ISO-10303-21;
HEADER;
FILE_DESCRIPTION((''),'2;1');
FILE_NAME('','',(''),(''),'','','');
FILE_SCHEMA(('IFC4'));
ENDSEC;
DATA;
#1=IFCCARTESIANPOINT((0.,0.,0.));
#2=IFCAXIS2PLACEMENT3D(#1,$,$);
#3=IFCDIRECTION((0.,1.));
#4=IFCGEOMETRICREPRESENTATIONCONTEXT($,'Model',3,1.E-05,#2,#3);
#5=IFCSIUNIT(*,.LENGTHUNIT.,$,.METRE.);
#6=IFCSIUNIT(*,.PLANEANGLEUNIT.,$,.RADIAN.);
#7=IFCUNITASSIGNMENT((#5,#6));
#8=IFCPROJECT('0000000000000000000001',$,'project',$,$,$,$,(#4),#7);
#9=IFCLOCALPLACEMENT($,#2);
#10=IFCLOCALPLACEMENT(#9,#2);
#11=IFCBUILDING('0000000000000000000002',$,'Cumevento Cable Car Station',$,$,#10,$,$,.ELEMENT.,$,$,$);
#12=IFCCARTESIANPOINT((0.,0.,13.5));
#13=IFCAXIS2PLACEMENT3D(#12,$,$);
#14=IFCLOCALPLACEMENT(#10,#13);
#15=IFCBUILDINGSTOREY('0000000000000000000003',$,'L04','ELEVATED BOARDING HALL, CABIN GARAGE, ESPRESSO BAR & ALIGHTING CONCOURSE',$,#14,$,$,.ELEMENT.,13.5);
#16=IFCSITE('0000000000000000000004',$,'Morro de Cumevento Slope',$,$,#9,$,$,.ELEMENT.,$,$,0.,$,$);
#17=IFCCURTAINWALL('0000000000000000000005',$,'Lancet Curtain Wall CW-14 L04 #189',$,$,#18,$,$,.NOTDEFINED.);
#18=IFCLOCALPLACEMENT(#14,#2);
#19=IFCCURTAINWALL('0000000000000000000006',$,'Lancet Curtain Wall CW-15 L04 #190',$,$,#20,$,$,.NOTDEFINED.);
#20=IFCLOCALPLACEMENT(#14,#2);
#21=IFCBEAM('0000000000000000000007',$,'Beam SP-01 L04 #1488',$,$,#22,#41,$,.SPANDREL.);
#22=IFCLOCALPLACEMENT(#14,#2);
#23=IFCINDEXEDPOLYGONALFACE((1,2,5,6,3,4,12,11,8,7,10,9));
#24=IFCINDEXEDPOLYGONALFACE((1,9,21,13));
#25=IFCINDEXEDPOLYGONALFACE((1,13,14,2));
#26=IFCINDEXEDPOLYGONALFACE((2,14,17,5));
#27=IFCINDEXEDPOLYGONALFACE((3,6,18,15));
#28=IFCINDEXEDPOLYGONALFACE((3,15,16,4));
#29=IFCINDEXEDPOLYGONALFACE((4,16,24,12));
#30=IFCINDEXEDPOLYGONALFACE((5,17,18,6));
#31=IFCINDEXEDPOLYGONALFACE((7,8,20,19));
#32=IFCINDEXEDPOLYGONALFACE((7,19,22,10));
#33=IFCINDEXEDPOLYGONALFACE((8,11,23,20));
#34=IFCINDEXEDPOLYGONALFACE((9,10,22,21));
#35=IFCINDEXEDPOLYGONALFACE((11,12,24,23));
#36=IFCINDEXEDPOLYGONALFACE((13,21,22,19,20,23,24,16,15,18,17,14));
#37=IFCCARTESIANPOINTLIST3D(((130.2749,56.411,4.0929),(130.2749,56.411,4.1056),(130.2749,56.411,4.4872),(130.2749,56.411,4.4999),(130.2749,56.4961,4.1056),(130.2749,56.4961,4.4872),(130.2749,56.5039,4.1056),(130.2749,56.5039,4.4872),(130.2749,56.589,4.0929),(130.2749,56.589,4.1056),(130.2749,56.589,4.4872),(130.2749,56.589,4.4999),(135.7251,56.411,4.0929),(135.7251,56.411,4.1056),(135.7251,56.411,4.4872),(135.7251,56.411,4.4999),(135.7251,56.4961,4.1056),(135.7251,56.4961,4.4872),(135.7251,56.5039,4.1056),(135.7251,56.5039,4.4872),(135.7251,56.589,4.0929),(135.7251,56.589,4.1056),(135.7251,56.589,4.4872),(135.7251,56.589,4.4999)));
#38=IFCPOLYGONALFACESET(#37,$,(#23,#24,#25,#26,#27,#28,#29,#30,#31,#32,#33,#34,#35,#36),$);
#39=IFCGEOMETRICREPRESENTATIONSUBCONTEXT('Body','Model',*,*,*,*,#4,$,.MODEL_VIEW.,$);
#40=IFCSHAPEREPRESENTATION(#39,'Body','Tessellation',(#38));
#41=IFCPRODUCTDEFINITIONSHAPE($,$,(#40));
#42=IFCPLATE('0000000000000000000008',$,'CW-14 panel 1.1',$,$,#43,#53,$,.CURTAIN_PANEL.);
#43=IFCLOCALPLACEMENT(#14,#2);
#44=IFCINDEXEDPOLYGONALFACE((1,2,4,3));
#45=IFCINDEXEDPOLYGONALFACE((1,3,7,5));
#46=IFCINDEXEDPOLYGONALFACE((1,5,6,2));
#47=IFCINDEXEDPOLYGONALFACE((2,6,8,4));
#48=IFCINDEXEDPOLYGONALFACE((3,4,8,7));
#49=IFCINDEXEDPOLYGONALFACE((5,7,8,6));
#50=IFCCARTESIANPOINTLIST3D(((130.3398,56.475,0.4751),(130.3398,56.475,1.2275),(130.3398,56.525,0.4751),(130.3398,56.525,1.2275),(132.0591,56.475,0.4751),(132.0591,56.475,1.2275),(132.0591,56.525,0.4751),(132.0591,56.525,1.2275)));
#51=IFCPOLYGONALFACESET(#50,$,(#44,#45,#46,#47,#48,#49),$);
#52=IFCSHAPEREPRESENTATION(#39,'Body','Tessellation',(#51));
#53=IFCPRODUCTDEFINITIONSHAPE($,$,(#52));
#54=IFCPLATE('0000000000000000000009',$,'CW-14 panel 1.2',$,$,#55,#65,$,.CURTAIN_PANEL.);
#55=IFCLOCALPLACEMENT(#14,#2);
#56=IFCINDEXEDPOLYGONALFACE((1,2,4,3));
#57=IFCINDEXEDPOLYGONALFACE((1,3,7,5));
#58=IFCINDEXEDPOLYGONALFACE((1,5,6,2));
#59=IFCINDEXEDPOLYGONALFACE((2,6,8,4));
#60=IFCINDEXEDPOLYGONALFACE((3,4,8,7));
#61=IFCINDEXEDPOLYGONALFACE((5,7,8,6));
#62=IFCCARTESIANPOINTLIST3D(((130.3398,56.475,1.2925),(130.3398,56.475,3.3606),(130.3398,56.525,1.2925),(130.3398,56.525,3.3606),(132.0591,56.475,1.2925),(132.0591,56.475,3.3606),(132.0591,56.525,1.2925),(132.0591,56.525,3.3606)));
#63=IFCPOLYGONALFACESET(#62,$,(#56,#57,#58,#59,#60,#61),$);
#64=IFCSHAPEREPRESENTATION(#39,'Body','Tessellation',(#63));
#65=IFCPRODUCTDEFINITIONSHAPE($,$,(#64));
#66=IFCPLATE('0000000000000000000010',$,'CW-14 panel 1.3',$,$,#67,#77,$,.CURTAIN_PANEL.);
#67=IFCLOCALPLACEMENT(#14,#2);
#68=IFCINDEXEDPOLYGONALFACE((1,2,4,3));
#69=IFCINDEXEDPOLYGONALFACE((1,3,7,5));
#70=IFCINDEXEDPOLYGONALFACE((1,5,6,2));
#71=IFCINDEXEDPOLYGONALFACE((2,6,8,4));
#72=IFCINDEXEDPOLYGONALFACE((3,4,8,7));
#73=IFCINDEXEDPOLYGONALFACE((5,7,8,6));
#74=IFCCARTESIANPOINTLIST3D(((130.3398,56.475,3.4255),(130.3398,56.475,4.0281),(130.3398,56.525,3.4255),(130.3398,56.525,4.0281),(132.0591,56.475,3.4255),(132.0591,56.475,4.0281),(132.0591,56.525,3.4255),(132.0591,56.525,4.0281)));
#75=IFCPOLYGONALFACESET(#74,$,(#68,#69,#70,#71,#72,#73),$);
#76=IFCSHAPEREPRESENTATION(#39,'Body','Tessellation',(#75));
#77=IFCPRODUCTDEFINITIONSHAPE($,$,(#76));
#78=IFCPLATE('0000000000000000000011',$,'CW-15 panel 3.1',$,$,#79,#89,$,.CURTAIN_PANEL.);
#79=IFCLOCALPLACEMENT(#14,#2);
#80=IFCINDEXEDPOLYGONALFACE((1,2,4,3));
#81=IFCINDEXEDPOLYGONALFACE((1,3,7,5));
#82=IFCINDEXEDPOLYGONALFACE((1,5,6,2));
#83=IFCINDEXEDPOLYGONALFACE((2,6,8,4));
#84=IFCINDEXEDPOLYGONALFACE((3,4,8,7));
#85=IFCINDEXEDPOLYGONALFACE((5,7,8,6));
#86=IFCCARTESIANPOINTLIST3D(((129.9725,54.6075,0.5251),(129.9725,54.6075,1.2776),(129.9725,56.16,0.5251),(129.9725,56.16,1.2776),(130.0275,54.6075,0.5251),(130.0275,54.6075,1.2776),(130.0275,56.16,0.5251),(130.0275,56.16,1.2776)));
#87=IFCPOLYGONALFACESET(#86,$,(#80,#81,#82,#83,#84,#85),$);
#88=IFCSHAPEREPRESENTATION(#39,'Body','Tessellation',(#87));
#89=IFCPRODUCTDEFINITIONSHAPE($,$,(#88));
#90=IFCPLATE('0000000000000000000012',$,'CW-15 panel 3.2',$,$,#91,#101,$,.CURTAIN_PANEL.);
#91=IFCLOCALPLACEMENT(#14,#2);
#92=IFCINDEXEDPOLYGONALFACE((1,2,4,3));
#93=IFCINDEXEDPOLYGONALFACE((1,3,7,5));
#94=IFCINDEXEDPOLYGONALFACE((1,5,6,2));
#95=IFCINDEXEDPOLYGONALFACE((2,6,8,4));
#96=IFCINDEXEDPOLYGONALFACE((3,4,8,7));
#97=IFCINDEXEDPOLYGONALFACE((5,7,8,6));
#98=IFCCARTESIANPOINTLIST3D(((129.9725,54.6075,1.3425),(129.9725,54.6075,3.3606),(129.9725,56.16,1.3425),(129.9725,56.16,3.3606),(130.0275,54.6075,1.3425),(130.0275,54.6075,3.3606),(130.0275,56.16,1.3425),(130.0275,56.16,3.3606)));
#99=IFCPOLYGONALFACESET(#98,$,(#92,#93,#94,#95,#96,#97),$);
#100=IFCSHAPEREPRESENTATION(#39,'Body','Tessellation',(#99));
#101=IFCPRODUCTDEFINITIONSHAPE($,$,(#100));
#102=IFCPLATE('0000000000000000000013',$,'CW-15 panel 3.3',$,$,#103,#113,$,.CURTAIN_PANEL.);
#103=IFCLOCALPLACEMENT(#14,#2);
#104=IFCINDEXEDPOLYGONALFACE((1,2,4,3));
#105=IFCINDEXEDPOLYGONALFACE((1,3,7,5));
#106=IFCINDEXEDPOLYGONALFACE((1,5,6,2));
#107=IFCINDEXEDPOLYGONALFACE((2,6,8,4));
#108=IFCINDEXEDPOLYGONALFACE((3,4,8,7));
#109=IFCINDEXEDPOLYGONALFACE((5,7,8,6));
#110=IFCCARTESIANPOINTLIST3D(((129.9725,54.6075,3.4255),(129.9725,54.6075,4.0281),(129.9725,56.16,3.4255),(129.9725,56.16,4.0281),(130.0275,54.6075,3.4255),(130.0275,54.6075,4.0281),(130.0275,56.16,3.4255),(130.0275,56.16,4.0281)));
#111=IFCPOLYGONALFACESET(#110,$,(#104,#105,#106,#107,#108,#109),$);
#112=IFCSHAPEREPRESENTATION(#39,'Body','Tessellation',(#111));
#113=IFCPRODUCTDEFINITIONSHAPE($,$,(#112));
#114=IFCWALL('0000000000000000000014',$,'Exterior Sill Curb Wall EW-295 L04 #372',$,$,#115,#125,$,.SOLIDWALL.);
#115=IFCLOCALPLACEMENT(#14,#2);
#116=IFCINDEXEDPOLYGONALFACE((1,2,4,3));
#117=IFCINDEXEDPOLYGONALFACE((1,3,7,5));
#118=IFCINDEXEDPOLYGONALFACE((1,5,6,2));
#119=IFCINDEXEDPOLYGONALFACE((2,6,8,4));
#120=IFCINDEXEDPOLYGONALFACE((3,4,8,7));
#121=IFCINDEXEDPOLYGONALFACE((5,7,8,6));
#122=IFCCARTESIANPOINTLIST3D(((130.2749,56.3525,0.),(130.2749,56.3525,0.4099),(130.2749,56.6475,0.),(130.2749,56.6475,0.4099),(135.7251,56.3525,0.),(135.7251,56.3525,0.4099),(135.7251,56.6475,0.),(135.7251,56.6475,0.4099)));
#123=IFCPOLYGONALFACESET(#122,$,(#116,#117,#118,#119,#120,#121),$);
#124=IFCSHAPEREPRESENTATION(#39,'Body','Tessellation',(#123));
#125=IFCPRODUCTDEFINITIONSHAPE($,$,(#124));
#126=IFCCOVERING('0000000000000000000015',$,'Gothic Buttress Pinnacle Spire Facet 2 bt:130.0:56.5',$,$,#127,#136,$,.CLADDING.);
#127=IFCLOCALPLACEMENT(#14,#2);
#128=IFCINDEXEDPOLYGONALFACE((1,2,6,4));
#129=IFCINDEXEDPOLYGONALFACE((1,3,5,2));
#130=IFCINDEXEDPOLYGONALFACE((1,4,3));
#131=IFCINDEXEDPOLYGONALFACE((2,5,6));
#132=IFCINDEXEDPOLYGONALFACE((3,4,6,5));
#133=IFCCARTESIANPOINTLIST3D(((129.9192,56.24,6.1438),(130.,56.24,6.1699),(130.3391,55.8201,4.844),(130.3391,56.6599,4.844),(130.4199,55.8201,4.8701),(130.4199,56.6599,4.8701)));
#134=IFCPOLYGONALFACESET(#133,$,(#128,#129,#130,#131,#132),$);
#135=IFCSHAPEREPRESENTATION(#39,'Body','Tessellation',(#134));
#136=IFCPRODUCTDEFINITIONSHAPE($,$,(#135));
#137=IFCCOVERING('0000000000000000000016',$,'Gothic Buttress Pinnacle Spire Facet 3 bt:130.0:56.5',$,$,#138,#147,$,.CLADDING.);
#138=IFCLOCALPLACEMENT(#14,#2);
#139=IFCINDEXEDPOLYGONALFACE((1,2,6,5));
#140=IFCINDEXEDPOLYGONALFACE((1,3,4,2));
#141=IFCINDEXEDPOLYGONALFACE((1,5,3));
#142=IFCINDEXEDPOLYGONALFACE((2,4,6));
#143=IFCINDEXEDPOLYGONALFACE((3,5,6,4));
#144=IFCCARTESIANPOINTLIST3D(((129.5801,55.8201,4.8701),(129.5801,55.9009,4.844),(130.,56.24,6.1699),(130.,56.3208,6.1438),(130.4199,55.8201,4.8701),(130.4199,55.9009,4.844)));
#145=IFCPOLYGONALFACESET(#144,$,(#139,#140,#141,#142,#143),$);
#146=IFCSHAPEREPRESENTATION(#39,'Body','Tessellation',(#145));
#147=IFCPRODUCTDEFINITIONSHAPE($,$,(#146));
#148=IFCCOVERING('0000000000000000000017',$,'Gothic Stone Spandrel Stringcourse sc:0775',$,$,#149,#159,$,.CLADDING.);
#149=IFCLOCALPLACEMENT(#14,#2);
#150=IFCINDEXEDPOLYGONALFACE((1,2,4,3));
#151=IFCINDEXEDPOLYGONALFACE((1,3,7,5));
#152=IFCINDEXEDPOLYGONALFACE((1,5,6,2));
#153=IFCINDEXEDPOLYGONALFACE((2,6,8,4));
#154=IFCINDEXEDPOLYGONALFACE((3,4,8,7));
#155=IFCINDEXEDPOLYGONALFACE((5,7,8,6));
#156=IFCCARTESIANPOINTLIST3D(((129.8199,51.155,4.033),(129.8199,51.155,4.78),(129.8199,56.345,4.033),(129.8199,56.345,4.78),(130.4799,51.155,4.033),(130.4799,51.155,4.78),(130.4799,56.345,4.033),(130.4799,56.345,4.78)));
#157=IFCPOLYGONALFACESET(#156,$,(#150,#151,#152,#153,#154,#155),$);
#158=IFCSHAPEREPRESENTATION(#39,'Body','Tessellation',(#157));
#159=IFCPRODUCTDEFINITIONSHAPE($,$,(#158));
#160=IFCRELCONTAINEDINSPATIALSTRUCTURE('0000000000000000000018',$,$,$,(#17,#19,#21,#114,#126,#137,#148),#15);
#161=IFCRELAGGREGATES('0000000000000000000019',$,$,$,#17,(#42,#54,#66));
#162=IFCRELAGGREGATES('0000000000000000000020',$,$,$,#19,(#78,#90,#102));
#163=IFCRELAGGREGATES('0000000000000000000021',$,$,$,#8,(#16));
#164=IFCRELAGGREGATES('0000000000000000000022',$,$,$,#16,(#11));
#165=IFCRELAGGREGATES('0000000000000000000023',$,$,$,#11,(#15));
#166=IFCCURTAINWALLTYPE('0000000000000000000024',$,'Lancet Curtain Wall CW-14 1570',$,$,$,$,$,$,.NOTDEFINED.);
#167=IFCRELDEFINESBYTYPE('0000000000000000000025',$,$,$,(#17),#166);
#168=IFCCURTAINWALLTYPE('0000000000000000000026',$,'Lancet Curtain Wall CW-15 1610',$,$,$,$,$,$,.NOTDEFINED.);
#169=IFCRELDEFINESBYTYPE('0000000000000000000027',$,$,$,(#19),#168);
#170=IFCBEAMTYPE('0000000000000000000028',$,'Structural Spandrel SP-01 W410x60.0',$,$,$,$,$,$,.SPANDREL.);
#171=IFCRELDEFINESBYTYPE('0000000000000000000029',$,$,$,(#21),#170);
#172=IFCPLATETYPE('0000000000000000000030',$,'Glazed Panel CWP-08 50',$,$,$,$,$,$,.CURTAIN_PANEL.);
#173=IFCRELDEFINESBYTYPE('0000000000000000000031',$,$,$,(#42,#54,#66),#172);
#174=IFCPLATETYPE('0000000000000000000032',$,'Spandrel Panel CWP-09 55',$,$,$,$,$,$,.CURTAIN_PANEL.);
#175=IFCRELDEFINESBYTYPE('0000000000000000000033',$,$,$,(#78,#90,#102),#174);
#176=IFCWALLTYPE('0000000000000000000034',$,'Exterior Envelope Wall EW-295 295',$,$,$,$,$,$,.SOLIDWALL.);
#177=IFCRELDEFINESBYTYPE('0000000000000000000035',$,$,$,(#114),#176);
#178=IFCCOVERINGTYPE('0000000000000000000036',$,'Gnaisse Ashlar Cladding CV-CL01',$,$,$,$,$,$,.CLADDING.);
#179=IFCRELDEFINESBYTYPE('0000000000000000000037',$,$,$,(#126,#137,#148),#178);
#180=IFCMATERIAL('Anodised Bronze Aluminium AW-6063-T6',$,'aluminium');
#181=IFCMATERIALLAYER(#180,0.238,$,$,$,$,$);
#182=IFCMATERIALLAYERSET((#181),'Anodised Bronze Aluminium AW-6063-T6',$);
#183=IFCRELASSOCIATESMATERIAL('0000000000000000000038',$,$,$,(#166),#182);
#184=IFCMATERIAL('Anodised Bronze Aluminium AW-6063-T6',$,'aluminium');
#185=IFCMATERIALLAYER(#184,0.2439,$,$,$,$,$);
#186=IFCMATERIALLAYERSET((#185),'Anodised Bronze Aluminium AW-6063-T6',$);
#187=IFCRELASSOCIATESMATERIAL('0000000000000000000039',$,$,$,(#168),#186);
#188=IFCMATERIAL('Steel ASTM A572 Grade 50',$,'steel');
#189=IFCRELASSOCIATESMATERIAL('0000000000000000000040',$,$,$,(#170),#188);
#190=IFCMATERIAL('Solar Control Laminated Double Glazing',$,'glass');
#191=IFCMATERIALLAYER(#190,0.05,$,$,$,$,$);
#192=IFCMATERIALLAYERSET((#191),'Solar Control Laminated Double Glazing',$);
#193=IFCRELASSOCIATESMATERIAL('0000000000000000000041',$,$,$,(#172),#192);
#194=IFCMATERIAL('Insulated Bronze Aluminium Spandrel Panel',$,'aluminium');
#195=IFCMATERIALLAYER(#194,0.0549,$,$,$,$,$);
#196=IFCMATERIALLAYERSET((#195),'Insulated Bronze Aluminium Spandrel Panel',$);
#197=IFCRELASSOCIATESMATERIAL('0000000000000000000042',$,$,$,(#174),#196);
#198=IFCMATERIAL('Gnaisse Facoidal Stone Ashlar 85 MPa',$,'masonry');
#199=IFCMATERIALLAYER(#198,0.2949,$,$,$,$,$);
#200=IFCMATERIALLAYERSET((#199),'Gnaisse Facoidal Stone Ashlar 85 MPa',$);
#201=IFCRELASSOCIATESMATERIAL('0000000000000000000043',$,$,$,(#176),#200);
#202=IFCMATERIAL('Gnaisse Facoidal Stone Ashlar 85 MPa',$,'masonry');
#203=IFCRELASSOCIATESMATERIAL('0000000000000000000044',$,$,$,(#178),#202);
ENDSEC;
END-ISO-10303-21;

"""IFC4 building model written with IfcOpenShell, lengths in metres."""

from ifc_helpers import new_model, si_unit, direction, frame, frame_2d, origin, origin_2d, place, context, subcontext, project, spatial, polyline, rectangle, i_section, outline, extrude, material, layer, layer_set, material_profile, profile_set, type_object, element, aggregate, save


model = new_model("IFC4")

# Units and contexts
model_context = context("Model", 3, precision=1e-05, world=origin(), true_north=direction((0.0, 1.0)))
body_context = subcontext(model_context, "Body", "Model", "MODEL_VIEW")
ifc_project = project(units=[si_unit("LENGTHUNIT", "METRE"), si_unit("PLANEANGLEUNIT", "RADIAN")], contexts=[model_context])

# Site, building, storey
site_placement = place(None, origin())
site = spatial("IfcSite", under=ifc_project, at=site_placement, Name="Morro de Cumevento Slope", CompositionType="ELEMENT", RefElevation=0.0)
building_placement = place(site_placement, origin())
building = spatial("IfcBuilding", under=site, at=building_placement, Name="Cumevento Cable Car Station", CompositionType="ELEMENT")
storey_placement = place(building_placement, frame((0.0, 0.0, 13.5)))
storey = spatial("IfcBuildingStorey", under=building, at=storey_placement, Name="L04", Description="ELEVATED BOARDING HALL, CABIN GARAGE, ESPRESSO BAR & ALIGHTING CONCOURSE", CompositionType="ELEMENT", Elevation=13.5)

# Curtain wall
ifc_material_1 = material(Name="Anodised Bronze Aluminium AW-6063-T6", Category="aluminium")
ifc_layer_1 = layer(ifc_material_1, 0.238)
ifc_layer_set_1 = layer_set([ifc_layer_1], Name="Anodised Bronze Aluminium AW-6063-T6")
curtain_wall_type_1 = type_object("IfcCurtainWallType", Name="Lancet Curtain Wall CW-14 1570", PredefinedType="NOTDEFINED", material=ifc_layer_set_1)
curtain_wall_1_placement = place(storey_placement, origin())
curtain_wall_1 = element("IfcCurtainWall", 1, at=curtain_wall_1_placement, inside=storey, type_object=curtain_wall_type_1, Name="Lancet Curtain Wall CW-14 L04 #189", PredefinedType="NOTDEFINED")

# Curtain wall
ifc_material_2 = material(Name="Anodised Bronze Aluminium AW-6063-T6", Category="aluminium")
ifc_layer_2 = layer(ifc_material_2, 0.2439)
ifc_layer_set_2 = layer_set([ifc_layer_2], Name="Anodised Bronze Aluminium AW-6063-T6")
curtain_wall_type_2 = type_object("IfcCurtainWallType", Name="Lancet Curtain Wall CW-15 1610", PredefinedType="NOTDEFINED", material=ifc_layer_set_2)
curtain_wall_2_placement = place(storey_placement, origin())
curtain_wall_2 = element("IfcCurtainWall", 2, at=curtain_wall_2_placement, inside=storey, type_object=curtain_wall_type_2, Name="Lancet Curtain Wall CW-15 L04 #190", PredefinedType="NOTDEFINED")

# Beam
ifc_material_3 = material(Name="Steel ASTM A572 Grade 50", Category="steel")
ifc_material_profile_1 = material_profile(ifc_material_3, i_section(OverallWidth=0.178, OverallDepth=0.407, WebThickness=0.0078, FlangeThickness=0.0127, at=origin_2d()), Name="W410x60.0")
ifc_profile_set_1 = profile_set([ifc_material_profile_1], Name="Steel ASTM A572 Grade 50")
beam_type = type_object("IfcBeamType", Name="Structural Spandrel SP-01 W410x60.0", PredefinedType="SPANDREL", material=ifc_profile_set_1)
beam_placement = place(storey_placement, frame((130.2749, 56.5, 4.2964), z_axis=(1.0, 0.0, 0.0), x_axis=(0.0, 1.0, 0.0)))
element("IfcBeam", 3, at=beam_placement, inside=storey, type_object=beam_type, Name="Beam SP-01 L04 #1488", PredefinedType="SPANDREL", context=body_context, shape_type="SweptSolid", body=[
    extrude(i_section(OverallWidth=0.178, OverallDepth=0.407, WebThickness=0.0078, FlangeThickness=0.0127, at=origin_2d()), origin(), (0.0, 0.0, 1.0), 5.4502),
])

# Plates
ifc_material_4 = material(Name="Solar Control Laminated Double Glazing", Category="glass")
ifc_layer_3 = layer(ifc_material_4, 0.05)
ifc_layer_set_3 = layer_set([ifc_layer_3], Name="Solar Control Laminated Double Glazing")
plate_type_1 = type_object("IfcPlateType", Name="Glazed Panel CWP-08 50", PredefinedType="CURTAIN_PANEL", material=ifc_layer_set_3)
plate_1_placement = place(storey_placement, frame((131.1995, 56.5, 0.4751), z_axis=(0.0, 0.0, 1.0), x_axis=(1.0, 0.0, 0.0)))
plate_1 = element("IfcPlate", 4, at=plate_1_placement, type_object=plate_type_1, Name="CW-14 panel 1.1", PredefinedType="CURTAIN_PANEL", context=body_context, shape_type="SweptSolid", body=[
    extrude(rectangle(XDim=1.7192, YDim=0.05, at=origin_2d()), origin(), (0.0, 0.0, 1.0), 0.7524),
])
plate_2_placement = place(storey_placement, frame((131.1995, 56.5, 1.2925), z_axis=(0.0, 0.0, 1.0), x_axis=(1.0, 0.0, 0.0)))
plate_2 = element("IfcPlate", 5, at=plate_2_placement, type_object=plate_type_1, Name="CW-14 panel 1.2", PredefinedType="CURTAIN_PANEL", context=body_context, shape_type="SweptSolid", body=[
    extrude(rectangle(XDim=1.7192, YDim=0.05, at=origin_2d()), origin(), (0.0, 0.0, 1.0), 2.0681),
])
plate_3_placement = place(storey_placement, frame((131.1995, 56.5, 3.4255), z_axis=(0.0, 0.0, 1.0), x_axis=(1.0, 0.0, 0.0)))
plate_3 = element("IfcPlate", 6, at=plate_3_placement, type_object=plate_type_1, Name="CW-14 panel 1.3", PredefinedType="CURTAIN_PANEL", context=body_context, shape_type="SweptSolid", body=[
    extrude(rectangle(XDim=1.7192, YDim=0.05, at=origin_2d()), origin(), (0.0, 0.0, 1.0), 0.6025),
])
aggregate(curtain_wall_1, [plate_1, plate_2, plate_3])
ifc_material_5 = material(Name="Insulated Bronze Aluminium Spandrel Panel", Category="aluminium")
ifc_layer_4 = layer(ifc_material_5, 0.0549)
ifc_layer_set_4 = layer_set([ifc_layer_4], Name="Insulated Bronze Aluminium Spandrel Panel")
plate_type_2 = type_object("IfcPlateType", Name="Spandrel Panel CWP-09 55", PredefinedType="CURTAIN_PANEL", material=ifc_layer_set_4)
plate_4_placement = place(storey_placement, frame((130.0, 55.3838, 0.5251), z_axis=(0.0, 0.0, 1.0), x_axis=(0.0, 1.0, 0.0)))
plate_4 = element("IfcPlate", 7, at=plate_4_placement, type_object=plate_type_2, Name="CW-15 panel 3.1", PredefinedType="CURTAIN_PANEL", context=body_context, shape_type="SweptSolid", body=[
    extrude(rectangle(XDim=1.5525, YDim=0.0549, at=origin_2d()), origin(), (0.0, 0.0, 1.0), 0.7524),
])
plate_5_placement = place(storey_placement, frame((130.0, 55.3838, 1.3425), z_axis=(0.0, 0.0, 1.0), x_axis=(0.0, 1.0, 0.0)))
plate_5 = element("IfcPlate", 8, at=plate_5_placement, type_object=plate_type_2, Name="CW-15 panel 3.2", PredefinedType="CURTAIN_PANEL", context=body_context, shape_type="SweptSolid", body=[
    extrude(rectangle(XDim=1.5525, YDim=0.0549, at=origin_2d()), origin(), (0.0, 0.0, 1.0), 2.0181),
])
plate_6_placement = place(storey_placement, frame((130.0, 55.3838, 3.4255), z_axis=(0.0, 0.0, 1.0), x_axis=(0.0, 1.0, 0.0)))
plate_6 = element("IfcPlate", 9, at=plate_6_placement, type_object=plate_type_2, Name="CW-15 panel 3.3", PredefinedType="CURTAIN_PANEL", context=body_context, shape_type="SweptSolid", body=[
    extrude(rectangle(XDim=1.5525, YDim=0.0549, at=origin_2d()), origin(), (0.0, 0.0, 1.0), 0.6025),
])
aggregate(curtain_wall_2, [plate_4, plate_5, plate_6])

# Wall
ifc_material_6 = material(Name="Gnaisse Facoidal Stone Ashlar 85 MPa", Category="masonry")
ifc_layer_5 = layer(ifc_material_6, 0.2949)
ifc_layer_set_5 = layer_set([ifc_layer_5], Name="Gnaisse Facoidal Stone Ashlar 85 MPa")
wall_type = type_object("IfcWallType", Name="Exterior Envelope Wall EW-295 295", PredefinedType="SOLIDWALL", material=ifc_layer_set_5)
wall_placement = place(storey_placement, frame((130.2749, 56.5, 0.0), z_axis=(0.0, 0.0, 1.0), x_axis=(1.0, 0.0, 0.0)))
element("IfcWall", 10, at=wall_placement, inside=storey, type_object=wall_type, Name="Exterior Sill Curb Wall EW-295 L04 #372", PredefinedType="SOLIDWALL", context=body_context, shape_type="SweptSolid", body=[
    extrude(rectangle(XDim=5.4502, YDim=0.2949, at=frame_2d((2.7251, 0.0))), origin(), (0.0, 0.0, 1.0), 0.4099),
])

# Coverings
ifc_material_7 = material(Name="Gnaisse Facoidal Stone Ashlar 85 MPa", Category="masonry")
covering_type = type_object("IfcCoveringType", Name="Gnaisse Ashlar Cladding CV-CL01", PredefinedType="CLADDING", material=ifc_material_7)
for number, where, z_axis, x_axis, name in (
    (11, (130.4199, 56.6599, 4.8701), (0.951574, 0.0, 0.307421), (0.0, -1.0, 0.0), "Gothic Buttress Pinnacle Spire Facet 2 bt:130.0:56.5"),
    (12, (130.4199, 55.8201, 4.8701), (0.0, -0.951574, 0.307421), (-1.0, 0.0, 0.0), "Gothic Buttress Pinnacle Spire Facet 3 bt:130.0:56.5"),
):
    element("IfcCovering", number, at=place(storey_placement, frame(where, z_axis=z_axis, x_axis=x_axis)), inside=storey, type_object=covering_type, Name=name, PredefinedType="CLADDING", context=body_context, shape_type="SweptSolid", body=[
        extrude(outline(polyline([(0.0, 0.0), (0.8398, 0.0), (0.4199, -1.366), (0.0, 0.0)])), origin(), (0.0, 0.0, -1.0), 0.085),
    ])
covering_1_placement = place(storey_placement, frame((130.1499, 53.75, 4.033), z_axis=(0.0, 0.0, 1.0), x_axis=(0.0, 1.0, 0.0)))
element("IfcCovering", 13, at=covering_1_placement, inside=storey, type_object=covering_type, Name="Gothic Stone Spandrel Stringcourse sc:0775", PredefinedType="CLADDING", context=body_context, shape_type="SweptSolid", body=[
    extrude(rectangle(XDim=5.1899, YDim=0.6599, at=origin_2d()), origin(), (0.0, 0.0, 1.0), 0.7471),
])

save(model, "model.ifc")
